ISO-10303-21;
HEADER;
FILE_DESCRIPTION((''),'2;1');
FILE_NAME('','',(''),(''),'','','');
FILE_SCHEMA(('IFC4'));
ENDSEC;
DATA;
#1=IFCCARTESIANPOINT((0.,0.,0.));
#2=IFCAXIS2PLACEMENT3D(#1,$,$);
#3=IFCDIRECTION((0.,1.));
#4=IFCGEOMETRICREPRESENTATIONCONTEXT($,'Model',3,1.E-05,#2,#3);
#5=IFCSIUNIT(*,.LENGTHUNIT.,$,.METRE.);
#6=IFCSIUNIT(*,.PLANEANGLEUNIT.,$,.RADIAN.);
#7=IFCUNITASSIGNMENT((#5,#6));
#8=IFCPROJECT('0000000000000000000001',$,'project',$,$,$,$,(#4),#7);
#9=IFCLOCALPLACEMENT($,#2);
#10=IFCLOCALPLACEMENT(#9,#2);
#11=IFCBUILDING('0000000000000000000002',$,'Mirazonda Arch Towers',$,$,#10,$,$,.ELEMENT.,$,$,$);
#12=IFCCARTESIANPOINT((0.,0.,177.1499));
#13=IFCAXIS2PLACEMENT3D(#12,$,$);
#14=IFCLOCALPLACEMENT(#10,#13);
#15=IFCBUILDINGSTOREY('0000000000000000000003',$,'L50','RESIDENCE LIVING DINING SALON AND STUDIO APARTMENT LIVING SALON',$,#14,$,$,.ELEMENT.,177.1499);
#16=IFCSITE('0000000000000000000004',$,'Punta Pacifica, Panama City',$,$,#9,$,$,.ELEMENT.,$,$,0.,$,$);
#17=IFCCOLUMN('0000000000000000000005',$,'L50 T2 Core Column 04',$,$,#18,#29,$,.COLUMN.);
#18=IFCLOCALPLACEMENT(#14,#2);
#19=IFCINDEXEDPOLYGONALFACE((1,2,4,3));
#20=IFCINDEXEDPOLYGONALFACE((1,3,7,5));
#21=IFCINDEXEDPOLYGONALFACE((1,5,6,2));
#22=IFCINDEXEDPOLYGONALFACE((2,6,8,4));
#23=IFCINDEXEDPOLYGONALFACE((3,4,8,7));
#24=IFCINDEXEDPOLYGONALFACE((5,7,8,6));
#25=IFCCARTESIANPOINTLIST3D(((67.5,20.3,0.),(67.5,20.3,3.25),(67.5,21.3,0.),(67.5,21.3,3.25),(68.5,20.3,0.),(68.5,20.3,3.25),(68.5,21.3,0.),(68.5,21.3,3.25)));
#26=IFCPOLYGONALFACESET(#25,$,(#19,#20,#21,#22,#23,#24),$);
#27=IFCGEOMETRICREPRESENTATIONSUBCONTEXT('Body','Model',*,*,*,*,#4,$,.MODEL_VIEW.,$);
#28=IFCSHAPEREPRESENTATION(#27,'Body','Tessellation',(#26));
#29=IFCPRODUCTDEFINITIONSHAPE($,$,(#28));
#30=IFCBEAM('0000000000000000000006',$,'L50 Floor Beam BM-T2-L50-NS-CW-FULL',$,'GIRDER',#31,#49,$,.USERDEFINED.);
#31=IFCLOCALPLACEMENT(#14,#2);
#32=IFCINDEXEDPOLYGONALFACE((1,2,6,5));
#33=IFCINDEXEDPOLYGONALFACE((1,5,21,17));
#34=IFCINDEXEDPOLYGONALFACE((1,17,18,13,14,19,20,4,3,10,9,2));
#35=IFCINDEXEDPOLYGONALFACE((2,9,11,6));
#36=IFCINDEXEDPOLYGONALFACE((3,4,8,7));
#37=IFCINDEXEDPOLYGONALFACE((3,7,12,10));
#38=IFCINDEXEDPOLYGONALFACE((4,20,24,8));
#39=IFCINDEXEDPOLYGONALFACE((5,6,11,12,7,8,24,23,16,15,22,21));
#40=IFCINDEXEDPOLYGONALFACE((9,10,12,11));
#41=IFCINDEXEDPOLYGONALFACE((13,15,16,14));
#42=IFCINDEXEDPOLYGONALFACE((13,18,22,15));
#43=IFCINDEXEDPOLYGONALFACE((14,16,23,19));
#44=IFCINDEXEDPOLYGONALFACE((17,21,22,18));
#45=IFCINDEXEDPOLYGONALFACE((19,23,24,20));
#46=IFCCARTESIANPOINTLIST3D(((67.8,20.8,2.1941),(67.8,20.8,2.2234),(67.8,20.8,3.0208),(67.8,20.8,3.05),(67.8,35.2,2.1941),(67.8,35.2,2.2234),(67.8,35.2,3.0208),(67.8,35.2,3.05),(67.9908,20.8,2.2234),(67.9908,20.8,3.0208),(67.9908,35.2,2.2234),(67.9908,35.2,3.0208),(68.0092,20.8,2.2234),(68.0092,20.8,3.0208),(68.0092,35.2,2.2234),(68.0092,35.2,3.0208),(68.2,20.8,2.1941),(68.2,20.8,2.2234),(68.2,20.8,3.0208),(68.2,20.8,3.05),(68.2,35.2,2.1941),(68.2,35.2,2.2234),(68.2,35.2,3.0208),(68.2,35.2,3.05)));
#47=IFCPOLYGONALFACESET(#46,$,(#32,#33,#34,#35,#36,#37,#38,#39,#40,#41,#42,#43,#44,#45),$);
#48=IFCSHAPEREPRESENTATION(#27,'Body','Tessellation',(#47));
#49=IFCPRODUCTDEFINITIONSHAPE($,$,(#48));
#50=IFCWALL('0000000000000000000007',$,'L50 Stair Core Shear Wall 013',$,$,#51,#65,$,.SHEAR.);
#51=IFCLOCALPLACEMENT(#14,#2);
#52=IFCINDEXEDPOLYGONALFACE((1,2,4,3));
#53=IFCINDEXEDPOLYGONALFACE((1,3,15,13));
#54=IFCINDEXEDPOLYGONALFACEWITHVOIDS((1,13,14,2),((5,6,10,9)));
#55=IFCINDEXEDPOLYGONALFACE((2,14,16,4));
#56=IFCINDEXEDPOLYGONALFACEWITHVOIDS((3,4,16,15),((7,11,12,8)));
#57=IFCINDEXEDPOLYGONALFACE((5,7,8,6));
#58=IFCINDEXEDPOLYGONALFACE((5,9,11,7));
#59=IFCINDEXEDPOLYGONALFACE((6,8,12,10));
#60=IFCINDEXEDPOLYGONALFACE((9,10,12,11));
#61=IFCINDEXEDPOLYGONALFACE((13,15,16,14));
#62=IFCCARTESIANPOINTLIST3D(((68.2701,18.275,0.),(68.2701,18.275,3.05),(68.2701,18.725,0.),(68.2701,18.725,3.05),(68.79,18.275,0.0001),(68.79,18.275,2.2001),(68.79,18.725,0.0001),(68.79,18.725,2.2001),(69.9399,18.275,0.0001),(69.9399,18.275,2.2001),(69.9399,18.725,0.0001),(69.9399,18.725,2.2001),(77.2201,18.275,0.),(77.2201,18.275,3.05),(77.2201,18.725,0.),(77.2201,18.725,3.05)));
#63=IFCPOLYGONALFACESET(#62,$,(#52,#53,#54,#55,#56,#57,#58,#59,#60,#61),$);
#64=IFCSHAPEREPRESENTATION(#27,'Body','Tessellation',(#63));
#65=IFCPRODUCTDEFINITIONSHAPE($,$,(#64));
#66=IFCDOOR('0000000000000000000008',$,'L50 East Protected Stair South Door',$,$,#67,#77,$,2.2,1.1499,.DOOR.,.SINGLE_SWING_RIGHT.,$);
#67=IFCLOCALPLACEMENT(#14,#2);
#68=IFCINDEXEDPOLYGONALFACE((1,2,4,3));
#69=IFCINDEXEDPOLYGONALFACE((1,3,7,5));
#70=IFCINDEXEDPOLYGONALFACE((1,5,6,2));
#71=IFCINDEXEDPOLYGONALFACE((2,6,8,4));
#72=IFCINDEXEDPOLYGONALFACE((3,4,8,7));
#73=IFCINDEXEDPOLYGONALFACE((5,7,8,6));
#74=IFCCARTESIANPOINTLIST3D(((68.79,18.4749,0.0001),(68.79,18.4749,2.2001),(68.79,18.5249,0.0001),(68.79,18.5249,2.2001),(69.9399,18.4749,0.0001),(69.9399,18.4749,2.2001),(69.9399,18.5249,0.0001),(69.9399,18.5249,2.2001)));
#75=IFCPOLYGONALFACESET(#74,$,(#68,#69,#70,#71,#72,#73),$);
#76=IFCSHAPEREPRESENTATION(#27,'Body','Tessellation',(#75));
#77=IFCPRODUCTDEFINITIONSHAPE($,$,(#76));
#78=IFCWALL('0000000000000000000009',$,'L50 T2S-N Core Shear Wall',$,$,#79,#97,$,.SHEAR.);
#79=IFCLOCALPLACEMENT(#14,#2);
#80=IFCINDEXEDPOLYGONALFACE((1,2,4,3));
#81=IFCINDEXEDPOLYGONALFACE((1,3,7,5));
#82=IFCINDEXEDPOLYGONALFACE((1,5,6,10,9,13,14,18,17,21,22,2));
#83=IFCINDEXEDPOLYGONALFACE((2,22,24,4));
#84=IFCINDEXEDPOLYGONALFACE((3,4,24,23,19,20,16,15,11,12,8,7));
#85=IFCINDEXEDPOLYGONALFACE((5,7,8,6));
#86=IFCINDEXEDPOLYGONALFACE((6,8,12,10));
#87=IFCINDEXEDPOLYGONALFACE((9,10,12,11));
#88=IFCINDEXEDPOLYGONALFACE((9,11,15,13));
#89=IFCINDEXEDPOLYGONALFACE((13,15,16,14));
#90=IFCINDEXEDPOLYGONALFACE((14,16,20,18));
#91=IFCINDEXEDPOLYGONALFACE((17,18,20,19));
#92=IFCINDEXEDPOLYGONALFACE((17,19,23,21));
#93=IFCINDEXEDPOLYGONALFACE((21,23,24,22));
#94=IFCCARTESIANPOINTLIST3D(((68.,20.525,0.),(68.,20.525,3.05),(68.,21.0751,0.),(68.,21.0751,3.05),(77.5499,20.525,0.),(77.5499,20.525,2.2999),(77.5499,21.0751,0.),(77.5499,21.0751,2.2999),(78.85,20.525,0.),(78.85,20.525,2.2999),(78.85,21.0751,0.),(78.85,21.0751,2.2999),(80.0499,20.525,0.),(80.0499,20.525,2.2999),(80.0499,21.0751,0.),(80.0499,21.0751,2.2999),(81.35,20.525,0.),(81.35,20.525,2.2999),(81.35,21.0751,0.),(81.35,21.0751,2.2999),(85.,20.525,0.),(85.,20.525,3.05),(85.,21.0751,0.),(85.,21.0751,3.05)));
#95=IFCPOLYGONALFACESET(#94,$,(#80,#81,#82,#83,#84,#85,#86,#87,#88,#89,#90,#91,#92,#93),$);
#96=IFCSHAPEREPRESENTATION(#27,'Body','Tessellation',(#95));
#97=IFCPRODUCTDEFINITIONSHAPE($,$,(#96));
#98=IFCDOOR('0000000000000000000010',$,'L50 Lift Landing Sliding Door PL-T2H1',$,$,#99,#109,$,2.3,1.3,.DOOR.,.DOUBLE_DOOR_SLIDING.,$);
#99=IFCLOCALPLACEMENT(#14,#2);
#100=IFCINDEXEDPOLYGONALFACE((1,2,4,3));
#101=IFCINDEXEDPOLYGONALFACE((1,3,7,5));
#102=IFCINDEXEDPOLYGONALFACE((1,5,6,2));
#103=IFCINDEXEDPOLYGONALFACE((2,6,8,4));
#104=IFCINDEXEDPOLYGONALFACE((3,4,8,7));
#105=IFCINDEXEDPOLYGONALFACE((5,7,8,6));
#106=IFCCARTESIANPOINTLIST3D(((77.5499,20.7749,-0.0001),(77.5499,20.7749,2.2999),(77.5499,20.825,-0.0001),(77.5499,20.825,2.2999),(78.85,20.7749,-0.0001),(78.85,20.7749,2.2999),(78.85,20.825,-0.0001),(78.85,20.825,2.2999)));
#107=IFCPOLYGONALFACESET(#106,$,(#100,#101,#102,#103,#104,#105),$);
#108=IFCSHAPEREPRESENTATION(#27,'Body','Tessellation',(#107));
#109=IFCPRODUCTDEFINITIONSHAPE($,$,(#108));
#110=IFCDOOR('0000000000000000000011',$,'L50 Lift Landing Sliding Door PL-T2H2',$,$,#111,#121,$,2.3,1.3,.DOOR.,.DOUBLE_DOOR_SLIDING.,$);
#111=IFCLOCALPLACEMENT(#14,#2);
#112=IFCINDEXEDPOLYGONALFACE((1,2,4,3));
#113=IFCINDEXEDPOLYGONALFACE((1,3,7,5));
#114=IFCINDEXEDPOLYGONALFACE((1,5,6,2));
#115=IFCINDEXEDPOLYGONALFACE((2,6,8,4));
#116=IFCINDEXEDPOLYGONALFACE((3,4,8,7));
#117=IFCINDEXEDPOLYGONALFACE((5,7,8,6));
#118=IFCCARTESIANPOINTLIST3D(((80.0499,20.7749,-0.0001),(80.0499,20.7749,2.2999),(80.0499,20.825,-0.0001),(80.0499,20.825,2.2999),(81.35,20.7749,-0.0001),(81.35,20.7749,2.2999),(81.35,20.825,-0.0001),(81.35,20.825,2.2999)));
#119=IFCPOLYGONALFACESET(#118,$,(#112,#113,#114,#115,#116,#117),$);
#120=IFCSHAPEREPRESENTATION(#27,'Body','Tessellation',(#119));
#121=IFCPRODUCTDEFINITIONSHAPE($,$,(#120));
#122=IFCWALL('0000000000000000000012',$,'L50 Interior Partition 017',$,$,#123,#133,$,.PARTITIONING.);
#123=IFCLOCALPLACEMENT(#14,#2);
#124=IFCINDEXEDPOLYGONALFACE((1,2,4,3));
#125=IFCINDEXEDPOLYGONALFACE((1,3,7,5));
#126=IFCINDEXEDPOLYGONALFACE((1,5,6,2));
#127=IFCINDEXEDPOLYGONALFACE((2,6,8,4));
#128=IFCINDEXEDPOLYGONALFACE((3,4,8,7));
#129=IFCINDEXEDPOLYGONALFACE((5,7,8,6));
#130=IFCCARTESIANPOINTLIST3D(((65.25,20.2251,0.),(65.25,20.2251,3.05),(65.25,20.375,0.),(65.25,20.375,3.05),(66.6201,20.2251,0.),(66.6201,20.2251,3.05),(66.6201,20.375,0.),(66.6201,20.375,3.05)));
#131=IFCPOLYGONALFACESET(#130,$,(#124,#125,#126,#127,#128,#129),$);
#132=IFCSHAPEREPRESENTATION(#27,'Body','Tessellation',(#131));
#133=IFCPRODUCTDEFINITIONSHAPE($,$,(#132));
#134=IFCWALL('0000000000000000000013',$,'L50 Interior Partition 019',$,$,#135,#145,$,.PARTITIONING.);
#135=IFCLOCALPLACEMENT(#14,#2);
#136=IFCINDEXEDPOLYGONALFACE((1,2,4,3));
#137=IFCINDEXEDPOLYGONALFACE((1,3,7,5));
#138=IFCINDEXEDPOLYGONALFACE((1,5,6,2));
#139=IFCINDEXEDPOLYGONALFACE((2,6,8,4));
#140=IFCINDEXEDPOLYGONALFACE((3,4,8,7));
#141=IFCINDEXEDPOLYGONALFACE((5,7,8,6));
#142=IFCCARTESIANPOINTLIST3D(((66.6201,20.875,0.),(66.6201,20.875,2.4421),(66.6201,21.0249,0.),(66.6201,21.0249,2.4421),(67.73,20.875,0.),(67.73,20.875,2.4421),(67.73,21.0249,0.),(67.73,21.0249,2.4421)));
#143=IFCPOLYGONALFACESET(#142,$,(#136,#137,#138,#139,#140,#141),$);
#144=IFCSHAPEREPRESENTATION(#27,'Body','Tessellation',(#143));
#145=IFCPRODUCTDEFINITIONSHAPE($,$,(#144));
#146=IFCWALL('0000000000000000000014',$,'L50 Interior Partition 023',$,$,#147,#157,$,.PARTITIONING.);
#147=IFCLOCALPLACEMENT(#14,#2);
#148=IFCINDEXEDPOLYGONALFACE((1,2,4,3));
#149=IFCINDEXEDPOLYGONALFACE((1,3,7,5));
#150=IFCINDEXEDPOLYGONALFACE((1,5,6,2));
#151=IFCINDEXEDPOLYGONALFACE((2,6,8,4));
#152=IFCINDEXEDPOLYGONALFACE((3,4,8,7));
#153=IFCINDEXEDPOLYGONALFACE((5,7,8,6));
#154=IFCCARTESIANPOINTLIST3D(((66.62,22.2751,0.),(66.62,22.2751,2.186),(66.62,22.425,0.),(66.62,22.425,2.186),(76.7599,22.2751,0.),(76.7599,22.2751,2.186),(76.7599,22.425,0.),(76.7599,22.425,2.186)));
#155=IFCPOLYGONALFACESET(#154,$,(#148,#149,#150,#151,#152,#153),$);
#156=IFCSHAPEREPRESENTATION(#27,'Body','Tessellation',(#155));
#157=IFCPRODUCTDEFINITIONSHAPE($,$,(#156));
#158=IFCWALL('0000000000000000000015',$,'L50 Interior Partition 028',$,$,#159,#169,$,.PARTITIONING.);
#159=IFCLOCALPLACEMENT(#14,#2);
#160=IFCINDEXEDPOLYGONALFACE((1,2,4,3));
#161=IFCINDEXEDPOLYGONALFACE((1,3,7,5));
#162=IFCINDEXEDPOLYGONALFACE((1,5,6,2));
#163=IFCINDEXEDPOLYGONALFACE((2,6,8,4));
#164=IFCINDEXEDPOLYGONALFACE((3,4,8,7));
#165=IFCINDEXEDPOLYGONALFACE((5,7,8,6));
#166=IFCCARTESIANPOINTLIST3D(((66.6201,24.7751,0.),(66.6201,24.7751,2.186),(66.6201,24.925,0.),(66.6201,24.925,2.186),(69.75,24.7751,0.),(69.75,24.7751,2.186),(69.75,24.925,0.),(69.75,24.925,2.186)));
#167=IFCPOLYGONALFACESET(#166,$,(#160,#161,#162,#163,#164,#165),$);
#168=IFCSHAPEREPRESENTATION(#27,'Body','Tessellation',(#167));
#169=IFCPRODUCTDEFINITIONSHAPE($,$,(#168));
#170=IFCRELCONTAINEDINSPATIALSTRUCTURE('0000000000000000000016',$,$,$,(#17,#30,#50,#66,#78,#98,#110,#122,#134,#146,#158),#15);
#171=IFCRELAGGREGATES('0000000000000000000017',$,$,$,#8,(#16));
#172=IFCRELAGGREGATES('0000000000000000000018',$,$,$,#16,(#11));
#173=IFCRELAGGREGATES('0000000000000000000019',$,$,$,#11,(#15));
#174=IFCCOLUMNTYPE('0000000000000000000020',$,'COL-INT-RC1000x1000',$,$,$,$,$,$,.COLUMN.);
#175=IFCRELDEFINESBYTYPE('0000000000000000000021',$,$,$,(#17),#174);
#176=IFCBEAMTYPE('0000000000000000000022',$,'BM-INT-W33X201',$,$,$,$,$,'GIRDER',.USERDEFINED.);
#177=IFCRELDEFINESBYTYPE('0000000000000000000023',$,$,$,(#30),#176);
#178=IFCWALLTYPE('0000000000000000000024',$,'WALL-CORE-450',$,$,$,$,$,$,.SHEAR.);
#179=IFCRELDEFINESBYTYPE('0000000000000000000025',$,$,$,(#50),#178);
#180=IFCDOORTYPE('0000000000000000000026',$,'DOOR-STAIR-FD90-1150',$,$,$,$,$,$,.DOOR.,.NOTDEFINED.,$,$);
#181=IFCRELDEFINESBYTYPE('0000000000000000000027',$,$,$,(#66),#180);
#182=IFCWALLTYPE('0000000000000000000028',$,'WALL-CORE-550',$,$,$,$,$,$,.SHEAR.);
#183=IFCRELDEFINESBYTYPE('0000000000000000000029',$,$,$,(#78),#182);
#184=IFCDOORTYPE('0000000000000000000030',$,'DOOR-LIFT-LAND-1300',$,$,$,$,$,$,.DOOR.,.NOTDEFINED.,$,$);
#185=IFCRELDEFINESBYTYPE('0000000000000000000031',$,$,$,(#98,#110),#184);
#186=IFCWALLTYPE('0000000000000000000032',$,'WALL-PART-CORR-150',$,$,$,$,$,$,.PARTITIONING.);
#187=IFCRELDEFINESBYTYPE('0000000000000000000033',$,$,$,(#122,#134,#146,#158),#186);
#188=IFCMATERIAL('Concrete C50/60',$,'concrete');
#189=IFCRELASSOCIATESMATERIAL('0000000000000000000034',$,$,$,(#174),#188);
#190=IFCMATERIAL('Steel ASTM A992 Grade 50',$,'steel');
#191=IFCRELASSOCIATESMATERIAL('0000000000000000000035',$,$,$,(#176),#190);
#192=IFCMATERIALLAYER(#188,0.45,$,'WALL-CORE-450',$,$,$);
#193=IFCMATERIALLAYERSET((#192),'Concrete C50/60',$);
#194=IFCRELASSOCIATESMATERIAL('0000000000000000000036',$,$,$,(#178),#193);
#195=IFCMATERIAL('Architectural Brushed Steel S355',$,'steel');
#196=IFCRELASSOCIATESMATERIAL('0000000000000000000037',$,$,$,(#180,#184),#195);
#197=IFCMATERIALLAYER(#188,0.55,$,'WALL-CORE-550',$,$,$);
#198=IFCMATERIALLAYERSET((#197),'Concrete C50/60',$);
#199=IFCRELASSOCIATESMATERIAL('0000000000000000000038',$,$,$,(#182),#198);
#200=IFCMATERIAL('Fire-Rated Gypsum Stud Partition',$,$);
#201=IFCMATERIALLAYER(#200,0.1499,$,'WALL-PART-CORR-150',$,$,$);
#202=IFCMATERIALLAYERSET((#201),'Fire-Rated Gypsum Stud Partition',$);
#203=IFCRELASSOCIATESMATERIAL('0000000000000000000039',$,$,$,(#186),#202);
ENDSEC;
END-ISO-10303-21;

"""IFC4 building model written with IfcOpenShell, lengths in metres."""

from ifc_helpers import new_model, si_unit, direction, frame, frame_2d, origin, origin_2d, place, context, subcontext, project, spatial, rectangle, i_section, extrude, material, layer, layer_set, material_profile, profile_set, type_object, element, fill, save


model = new_model("IFC4")

# Units and contexts
model_context = context("Model", 3, precision=1e-05, world=origin(), true_north=direction((0.0, 1.0)))
body_context = subcontext(model_context, "Body", "Model", "MODEL_VIEW")
ifc_project = project(units=[si_unit("LENGTHUNIT", "METRE"), si_unit("PLANEANGLEUNIT", "RADIAN")], contexts=[model_context])

# Site, building, storey
site_placement = place(None, origin())
site = spatial("IfcSite", under=ifc_project, at=site_placement, Name="Punta Pacifica, Panama City", CompositionType="ELEMENT", RefElevation=0.0)
building_placement = place(site_placement, origin())
building = spatial("IfcBuilding", under=site, at=building_placement, Name="Mirazonda Arch Towers", CompositionType="ELEMENT")
storey_placement = place(building_placement, frame((0.0, 0.0, 177.1499)))
storey = spatial("IfcBuildingStorey", under=building, at=storey_placement, Name="L50", Description="RESIDENCE LIVING DINING SALON AND STUDIO APARTMENT LIVING SALON", CompositionType="ELEMENT", Elevation=177.1499)

# Column
ifc_material_1 = material(Name="Concrete C50/60", Category="concrete")
ifc_material_profile_1 = material_profile(ifc_material_1, rectangle(XDim=1.0, YDim=1.0, at=origin_2d()), Name="RC1000x1000")
ifc_profile_set_1 = profile_set([ifc_material_profile_1], Name="Concrete C50/60")
column_type = type_object("IfcColumnType", Name="COL-INT-RC1000x1000", PredefinedType="COLUMN", material=ifc_profile_set_1)
column_placement = place(storey_placement, frame((68.0, 20.8, 0.0), z_axis=(0.0, 0.0, 1.0), x_axis=(1.0, 0.0, 0.0)))
element("IfcColumn", 1, at=column_placement, inside=storey, type_object=column_type, Name="L50 T2 Core Column 04", PredefinedType="COLUMN", context=body_context, shape_type="SweptSolid", body=[
    extrude(rectangle(XDim=1.0, YDim=1.0, at=origin_2d()), origin(), (0.0, 0.0, 1.0), 3.25),
])

# Beam
ifc_material_2 = material(Name="Steel ASTM A992 Grade 50", Category="steel")
ifc_material_profile_2 = material_profile(ifc_material_2, i_section(OverallWidth=0.3999, OverallDepth=0.856, WebThickness=0.0183, FlangeThickness=0.0293, at=origin_2d()), Name="W33X201")
ifc_profile_set_2 = profile_set([ifc_material_profile_2], Name="Steel ASTM A992 Grade 50")
beam_type = type_object("IfcBeamType", Name="BM-INT-W33X201", ElementType="GIRDER", PredefinedType="USERDEFINED", material=ifc_profile_set_2)
beam_placement = place(storey_placement, frame((68.0, 20.8, 2.6221), z_axis=(0.0, 1.0, 0.0), x_axis=(-1.0, 0.0, 0.0)))
element("IfcBeam", 2, at=beam_placement, inside=storey, type_object=beam_type, Name="L50 Floor Beam BM-T2-L50-NS-CW-FULL", ObjectType="GIRDER", PredefinedType="USERDEFINED", context=body_context, shape_type="SweptSolid", body=[
    extrude(i_section(OverallWidth=0.3999, OverallDepth=0.856, WebThickness=0.0183, FlangeThickness=0.0293, at=origin_2d()), origin(), (0.0, 0.0, 1.0), 14.3999),
])

# Wall, opening, door
ifc_layer_1 = layer(ifc_material_1, 0.45, Name="WALL-CORE-450")
ifc_layer_set_1 = layer_set([ifc_layer_1], Name="Concrete C50/60")
wall_type_1 = type_object("IfcWallType", Name="WALL-CORE-450", PredefinedType="SHEAR", material=ifc_layer_set_1)
wall_1_placement = place(storey_placement, frame((68.27, 18.5, 0.0), z_axis=(0.0, 0.0, 1.0), x_axis=(1.0, 0.0, 0.0)))
wall_1 = element("IfcWall", 3, at=wall_1_placement, inside=storey, type_object=wall_type_1, Name="L50 Stair Core Shear Wall 013", PredefinedType="SHEAR", context=body_context, shape_type="SweptSolid", body=[
    extrude(rectangle(XDim=8.95, YDim=0.45, at=frame_2d((4.4751, 0.0))), origin(), (0.0, 0.0, 1.0), 3.05),
])
opening_1_placement = place(wall_1_placement, frame((0.52, 0.0, 0.0)))
opening_1 = element("IfcOpeningElement", 4, at=opening_1_placement, cuts=wall_1, PredefinedType="OPENING", context=body_context, shape_type="SweptSolid", body=[
    extrude(rectangle(XDim=1.1499, YDim=2.2, at=frame_2d((0.575, 1.1001))), frame((0.0, 0.2349, 0.0), z_axis=(0.0, -1.0, 0.0), x_axis=(1.0, 0.0, 0.0)), (0.0, 0.0, 1.0), 0.47),
])
ifc_material_3 = material(Name="Architectural Brushed Steel S355", Category="steel")
door_type_1 = type_object("IfcDoorType", Name="DOOR-STAIR-FD90-1150", OperationType="NOTDEFINED", PredefinedType="DOOR", material=ifc_material_3)
door_1_placement = place(opening_1_placement, origin())
door_1 = element("IfcDoor", 5, at=door_1_placement, inside=storey, type_object=door_type_1, Name="L50 East Protected Stair South Door", OperationType="SINGLE_SWING_RIGHT", OverallHeight=2.2, OverallWidth=1.1499, PredefinedType="DOOR", context=body_context, shape_type="SweptSolid", body=[
    extrude(rectangle(XDim=1.1499, YDim=2.2, at=frame_2d((0.575, 1.1001))), frame((0.0, 0.0249, 0.0), z_axis=(0.0, -1.0, 0.0), x_axis=(1.0, 0.0, 0.0)), (0.0, 0.0, 1.0), 0.05),
])
fill(opening_1, door_1)

# Wall, openings, doors
ifc_layer_2 = layer(ifc_material_1, 0.55, Name="WALL-CORE-550")
ifc_layer_set_2 = layer_set([ifc_layer_2], Name="Concrete C50/60")
wall_type_2 = type_object("IfcWallType", Name="WALL-CORE-550", PredefinedType="SHEAR", material=ifc_layer_set_2)
wall_2_placement = place(storey_placement, frame((68.0, 20.8, 0.0), z_axis=(0.0, 0.0, 1.0), x_axis=(1.0, 0.0, 0.0)))
wall_2 = element("IfcWall", 6, at=wall_2_placement, inside=storey, type_object=wall_type_2, Name="L50 T2S-N Core Shear Wall", PredefinedType="SHEAR", context=body_context, shape_type="SweptSolid", body=[
    extrude(rectangle(XDim=17.0, YDim=0.55, at=frame_2d((8.5, 0.0))), origin(), (0.0, 0.0, 1.0), 3.05),
])
opening_2_placement = place(wall_2_placement, frame((9.55, 0.0, 0.0)))
opening_2 = element("IfcOpeningElement", 7, at=opening_2_placement, cuts=wall_2, PredefinedType="OPENING", context=body_context, shape_type="SweptSolid", body=[
    extrude(rectangle(XDim=1.3, YDim=2.3, at=frame_2d((0.6499, 1.1499))), frame((0.0, 0.2849, 0.0), z_axis=(0.0, -1.0, 0.0), x_axis=(1.0, 0.0, 0.0)), (0.0, 0.0, 1.0), 0.5701),
])
opening_3_placement = place(wall_2_placement, frame((12.05, 0.0, 0.0)))
opening_3 = element("IfcOpeningElement", 8, at=opening_3_placement, cuts=wall_2, PredefinedType="OPENING", context=body_context, shape_type="SweptSolid", body=[
    extrude(rectangle(XDim=1.3, YDim=2.3, at=frame_2d((0.6499, 1.1499))), frame((0.0, 0.2849, 0.0), z_axis=(0.0, -1.0, 0.0), x_axis=(1.0, 0.0, 0.0)), (0.0, 0.0, 1.0), 0.5701),
])
door_type_2 = type_object("IfcDoorType", Name="DOOR-LIFT-LAND-1300", OperationType="NOTDEFINED", PredefinedType="DOOR", material=ifc_material_3)
door_2_placement = place(opening_2_placement, origin())
door_2 = element("IfcDoor", 9, at=door_2_placement, inside=storey, type_object=door_type_2, Name="L50 Lift Landing Sliding Door PL-T2H1", OperationType="DOUBLE_DOOR_SLIDING", OverallHeight=2.3, OverallWidth=1.3, PredefinedType="DOOR", context=body_context, shape_type="SweptSolid", body=[
    extrude(rectangle(XDim=1.3, YDim=2.3, at=frame_2d((0.6499, 1.1499))), frame((0.0, 0.0249, 0.0), z_axis=(0.0, -1.0, 0.0), x_axis=(1.0, 0.0, 0.0)), (0.0, 0.0, 1.0), 0.05),
])
fill(opening_2, door_2)
door_3_placement = place(opening_3_placement, origin())
door_3 = element("IfcDoor", 10, at=door_3_placement, inside=storey, type_object=door_type_2, Name="L50 Lift Landing Sliding Door PL-T2H2", OperationType="DOUBLE_DOOR_SLIDING", OverallHeight=2.3, OverallWidth=1.3, PredefinedType="DOOR", context=body_context, shape_type="SweptSolid", body=[
    extrude(rectangle(XDim=1.3, YDim=2.3, at=frame_2d((0.6499, 1.1499))), frame((0.0, 0.0249, 0.0), z_axis=(0.0, -1.0, 0.0), x_axis=(1.0, 0.0, 0.0)), (0.0, 0.0, 1.0), 0.05),
])
fill(opening_3, door_3)

# Walls
ifc_material_4 = material(Name="Fire-Rated Gypsum Stud Partition")
ifc_layer_3 = layer(ifc_material_4, 0.1499, Name="WALL-PART-CORR-150")
ifc_layer_set_3 = layer_set([ifc_layer_3], Name="Fire-Rated Gypsum Stud Partition")
wall_type_3 = type_object("IfcWallType", Name="WALL-PART-CORR-150", PredefinedType="PARTITIONING", material=ifc_layer_set_3)
wall_3_placement = place(storey_placement, frame((65.25, 20.3, 0.0), z_axis=(0.0, 0.0, 1.0), x_axis=(1.0, 0.0, 0.0)))
element("IfcWall", 11, at=wall_3_placement, inside=storey, type_object=wall_type_3, Name="L50 Interior Partition 017", PredefinedType="PARTITIONING", context=body_context, shape_type="SweptSolid", body=[
    extrude(rectangle(XDim=1.3701, YDim=0.1499, at=frame_2d((0.6851, 0.0))), origin(), (0.0, 0.0, 1.0), 3.05),
])
wall_4_placement = place(storey_placement, frame((66.6201, 20.95, 0.0), z_axis=(0.0, 0.0, 1.0), x_axis=(1.0, 0.0, 0.0)))
element("IfcWall", 12, at=wall_4_placement, inside=storey, type_object=wall_type_3, Name="L50 Interior Partition 019", PredefinedType="PARTITIONING", context=body_context, shape_type="SweptSolid", body=[
    extrude(rectangle(XDim=1.1099, YDim=0.1499, at=frame_2d((0.5549, 0.0))), origin(), (0.0, 0.0, 1.0), 2.4421),
])
wall_5_placement = place(storey_placement, frame((66.6201, 22.3501, 0.0), z_axis=(0.0, 0.0, 1.0), x_axis=(1.0, 0.0, 0.0)))
element("IfcWall", 13, at=wall_5_placement, inside=storey, type_object=wall_type_3, Name="L50 Interior Partition 023", PredefinedType="PARTITIONING", context=body_context, shape_type="SweptSolid", body=[
    extrude(rectangle(XDim=10.1399, YDim=0.1499, at=frame_2d((5.0698, 0.0))), origin(), (0.0, 0.0, 1.0), 2.186),
])
wall_6_placement = place(storey_placement, frame((66.6201, 24.8501, 0.0), z_axis=(0.0, 0.0, 1.0), x_axis=(1.0, 0.0, 0.0)))
element("IfcWall", 14, at=wall_6_placement, inside=storey, type_object=wall_type_3, Name="L50 Interior Partition 028", PredefinedType="PARTITIONING", context=body_context, shape_type="SweptSolid", body=[
    extrude(rectangle(XDim=3.1299, YDim=0.1499, at=frame_2d((1.5649, 0.0))), origin(), (0.0, 0.0, 1.0), 2.186),
])

save(model, "model.ifc")
